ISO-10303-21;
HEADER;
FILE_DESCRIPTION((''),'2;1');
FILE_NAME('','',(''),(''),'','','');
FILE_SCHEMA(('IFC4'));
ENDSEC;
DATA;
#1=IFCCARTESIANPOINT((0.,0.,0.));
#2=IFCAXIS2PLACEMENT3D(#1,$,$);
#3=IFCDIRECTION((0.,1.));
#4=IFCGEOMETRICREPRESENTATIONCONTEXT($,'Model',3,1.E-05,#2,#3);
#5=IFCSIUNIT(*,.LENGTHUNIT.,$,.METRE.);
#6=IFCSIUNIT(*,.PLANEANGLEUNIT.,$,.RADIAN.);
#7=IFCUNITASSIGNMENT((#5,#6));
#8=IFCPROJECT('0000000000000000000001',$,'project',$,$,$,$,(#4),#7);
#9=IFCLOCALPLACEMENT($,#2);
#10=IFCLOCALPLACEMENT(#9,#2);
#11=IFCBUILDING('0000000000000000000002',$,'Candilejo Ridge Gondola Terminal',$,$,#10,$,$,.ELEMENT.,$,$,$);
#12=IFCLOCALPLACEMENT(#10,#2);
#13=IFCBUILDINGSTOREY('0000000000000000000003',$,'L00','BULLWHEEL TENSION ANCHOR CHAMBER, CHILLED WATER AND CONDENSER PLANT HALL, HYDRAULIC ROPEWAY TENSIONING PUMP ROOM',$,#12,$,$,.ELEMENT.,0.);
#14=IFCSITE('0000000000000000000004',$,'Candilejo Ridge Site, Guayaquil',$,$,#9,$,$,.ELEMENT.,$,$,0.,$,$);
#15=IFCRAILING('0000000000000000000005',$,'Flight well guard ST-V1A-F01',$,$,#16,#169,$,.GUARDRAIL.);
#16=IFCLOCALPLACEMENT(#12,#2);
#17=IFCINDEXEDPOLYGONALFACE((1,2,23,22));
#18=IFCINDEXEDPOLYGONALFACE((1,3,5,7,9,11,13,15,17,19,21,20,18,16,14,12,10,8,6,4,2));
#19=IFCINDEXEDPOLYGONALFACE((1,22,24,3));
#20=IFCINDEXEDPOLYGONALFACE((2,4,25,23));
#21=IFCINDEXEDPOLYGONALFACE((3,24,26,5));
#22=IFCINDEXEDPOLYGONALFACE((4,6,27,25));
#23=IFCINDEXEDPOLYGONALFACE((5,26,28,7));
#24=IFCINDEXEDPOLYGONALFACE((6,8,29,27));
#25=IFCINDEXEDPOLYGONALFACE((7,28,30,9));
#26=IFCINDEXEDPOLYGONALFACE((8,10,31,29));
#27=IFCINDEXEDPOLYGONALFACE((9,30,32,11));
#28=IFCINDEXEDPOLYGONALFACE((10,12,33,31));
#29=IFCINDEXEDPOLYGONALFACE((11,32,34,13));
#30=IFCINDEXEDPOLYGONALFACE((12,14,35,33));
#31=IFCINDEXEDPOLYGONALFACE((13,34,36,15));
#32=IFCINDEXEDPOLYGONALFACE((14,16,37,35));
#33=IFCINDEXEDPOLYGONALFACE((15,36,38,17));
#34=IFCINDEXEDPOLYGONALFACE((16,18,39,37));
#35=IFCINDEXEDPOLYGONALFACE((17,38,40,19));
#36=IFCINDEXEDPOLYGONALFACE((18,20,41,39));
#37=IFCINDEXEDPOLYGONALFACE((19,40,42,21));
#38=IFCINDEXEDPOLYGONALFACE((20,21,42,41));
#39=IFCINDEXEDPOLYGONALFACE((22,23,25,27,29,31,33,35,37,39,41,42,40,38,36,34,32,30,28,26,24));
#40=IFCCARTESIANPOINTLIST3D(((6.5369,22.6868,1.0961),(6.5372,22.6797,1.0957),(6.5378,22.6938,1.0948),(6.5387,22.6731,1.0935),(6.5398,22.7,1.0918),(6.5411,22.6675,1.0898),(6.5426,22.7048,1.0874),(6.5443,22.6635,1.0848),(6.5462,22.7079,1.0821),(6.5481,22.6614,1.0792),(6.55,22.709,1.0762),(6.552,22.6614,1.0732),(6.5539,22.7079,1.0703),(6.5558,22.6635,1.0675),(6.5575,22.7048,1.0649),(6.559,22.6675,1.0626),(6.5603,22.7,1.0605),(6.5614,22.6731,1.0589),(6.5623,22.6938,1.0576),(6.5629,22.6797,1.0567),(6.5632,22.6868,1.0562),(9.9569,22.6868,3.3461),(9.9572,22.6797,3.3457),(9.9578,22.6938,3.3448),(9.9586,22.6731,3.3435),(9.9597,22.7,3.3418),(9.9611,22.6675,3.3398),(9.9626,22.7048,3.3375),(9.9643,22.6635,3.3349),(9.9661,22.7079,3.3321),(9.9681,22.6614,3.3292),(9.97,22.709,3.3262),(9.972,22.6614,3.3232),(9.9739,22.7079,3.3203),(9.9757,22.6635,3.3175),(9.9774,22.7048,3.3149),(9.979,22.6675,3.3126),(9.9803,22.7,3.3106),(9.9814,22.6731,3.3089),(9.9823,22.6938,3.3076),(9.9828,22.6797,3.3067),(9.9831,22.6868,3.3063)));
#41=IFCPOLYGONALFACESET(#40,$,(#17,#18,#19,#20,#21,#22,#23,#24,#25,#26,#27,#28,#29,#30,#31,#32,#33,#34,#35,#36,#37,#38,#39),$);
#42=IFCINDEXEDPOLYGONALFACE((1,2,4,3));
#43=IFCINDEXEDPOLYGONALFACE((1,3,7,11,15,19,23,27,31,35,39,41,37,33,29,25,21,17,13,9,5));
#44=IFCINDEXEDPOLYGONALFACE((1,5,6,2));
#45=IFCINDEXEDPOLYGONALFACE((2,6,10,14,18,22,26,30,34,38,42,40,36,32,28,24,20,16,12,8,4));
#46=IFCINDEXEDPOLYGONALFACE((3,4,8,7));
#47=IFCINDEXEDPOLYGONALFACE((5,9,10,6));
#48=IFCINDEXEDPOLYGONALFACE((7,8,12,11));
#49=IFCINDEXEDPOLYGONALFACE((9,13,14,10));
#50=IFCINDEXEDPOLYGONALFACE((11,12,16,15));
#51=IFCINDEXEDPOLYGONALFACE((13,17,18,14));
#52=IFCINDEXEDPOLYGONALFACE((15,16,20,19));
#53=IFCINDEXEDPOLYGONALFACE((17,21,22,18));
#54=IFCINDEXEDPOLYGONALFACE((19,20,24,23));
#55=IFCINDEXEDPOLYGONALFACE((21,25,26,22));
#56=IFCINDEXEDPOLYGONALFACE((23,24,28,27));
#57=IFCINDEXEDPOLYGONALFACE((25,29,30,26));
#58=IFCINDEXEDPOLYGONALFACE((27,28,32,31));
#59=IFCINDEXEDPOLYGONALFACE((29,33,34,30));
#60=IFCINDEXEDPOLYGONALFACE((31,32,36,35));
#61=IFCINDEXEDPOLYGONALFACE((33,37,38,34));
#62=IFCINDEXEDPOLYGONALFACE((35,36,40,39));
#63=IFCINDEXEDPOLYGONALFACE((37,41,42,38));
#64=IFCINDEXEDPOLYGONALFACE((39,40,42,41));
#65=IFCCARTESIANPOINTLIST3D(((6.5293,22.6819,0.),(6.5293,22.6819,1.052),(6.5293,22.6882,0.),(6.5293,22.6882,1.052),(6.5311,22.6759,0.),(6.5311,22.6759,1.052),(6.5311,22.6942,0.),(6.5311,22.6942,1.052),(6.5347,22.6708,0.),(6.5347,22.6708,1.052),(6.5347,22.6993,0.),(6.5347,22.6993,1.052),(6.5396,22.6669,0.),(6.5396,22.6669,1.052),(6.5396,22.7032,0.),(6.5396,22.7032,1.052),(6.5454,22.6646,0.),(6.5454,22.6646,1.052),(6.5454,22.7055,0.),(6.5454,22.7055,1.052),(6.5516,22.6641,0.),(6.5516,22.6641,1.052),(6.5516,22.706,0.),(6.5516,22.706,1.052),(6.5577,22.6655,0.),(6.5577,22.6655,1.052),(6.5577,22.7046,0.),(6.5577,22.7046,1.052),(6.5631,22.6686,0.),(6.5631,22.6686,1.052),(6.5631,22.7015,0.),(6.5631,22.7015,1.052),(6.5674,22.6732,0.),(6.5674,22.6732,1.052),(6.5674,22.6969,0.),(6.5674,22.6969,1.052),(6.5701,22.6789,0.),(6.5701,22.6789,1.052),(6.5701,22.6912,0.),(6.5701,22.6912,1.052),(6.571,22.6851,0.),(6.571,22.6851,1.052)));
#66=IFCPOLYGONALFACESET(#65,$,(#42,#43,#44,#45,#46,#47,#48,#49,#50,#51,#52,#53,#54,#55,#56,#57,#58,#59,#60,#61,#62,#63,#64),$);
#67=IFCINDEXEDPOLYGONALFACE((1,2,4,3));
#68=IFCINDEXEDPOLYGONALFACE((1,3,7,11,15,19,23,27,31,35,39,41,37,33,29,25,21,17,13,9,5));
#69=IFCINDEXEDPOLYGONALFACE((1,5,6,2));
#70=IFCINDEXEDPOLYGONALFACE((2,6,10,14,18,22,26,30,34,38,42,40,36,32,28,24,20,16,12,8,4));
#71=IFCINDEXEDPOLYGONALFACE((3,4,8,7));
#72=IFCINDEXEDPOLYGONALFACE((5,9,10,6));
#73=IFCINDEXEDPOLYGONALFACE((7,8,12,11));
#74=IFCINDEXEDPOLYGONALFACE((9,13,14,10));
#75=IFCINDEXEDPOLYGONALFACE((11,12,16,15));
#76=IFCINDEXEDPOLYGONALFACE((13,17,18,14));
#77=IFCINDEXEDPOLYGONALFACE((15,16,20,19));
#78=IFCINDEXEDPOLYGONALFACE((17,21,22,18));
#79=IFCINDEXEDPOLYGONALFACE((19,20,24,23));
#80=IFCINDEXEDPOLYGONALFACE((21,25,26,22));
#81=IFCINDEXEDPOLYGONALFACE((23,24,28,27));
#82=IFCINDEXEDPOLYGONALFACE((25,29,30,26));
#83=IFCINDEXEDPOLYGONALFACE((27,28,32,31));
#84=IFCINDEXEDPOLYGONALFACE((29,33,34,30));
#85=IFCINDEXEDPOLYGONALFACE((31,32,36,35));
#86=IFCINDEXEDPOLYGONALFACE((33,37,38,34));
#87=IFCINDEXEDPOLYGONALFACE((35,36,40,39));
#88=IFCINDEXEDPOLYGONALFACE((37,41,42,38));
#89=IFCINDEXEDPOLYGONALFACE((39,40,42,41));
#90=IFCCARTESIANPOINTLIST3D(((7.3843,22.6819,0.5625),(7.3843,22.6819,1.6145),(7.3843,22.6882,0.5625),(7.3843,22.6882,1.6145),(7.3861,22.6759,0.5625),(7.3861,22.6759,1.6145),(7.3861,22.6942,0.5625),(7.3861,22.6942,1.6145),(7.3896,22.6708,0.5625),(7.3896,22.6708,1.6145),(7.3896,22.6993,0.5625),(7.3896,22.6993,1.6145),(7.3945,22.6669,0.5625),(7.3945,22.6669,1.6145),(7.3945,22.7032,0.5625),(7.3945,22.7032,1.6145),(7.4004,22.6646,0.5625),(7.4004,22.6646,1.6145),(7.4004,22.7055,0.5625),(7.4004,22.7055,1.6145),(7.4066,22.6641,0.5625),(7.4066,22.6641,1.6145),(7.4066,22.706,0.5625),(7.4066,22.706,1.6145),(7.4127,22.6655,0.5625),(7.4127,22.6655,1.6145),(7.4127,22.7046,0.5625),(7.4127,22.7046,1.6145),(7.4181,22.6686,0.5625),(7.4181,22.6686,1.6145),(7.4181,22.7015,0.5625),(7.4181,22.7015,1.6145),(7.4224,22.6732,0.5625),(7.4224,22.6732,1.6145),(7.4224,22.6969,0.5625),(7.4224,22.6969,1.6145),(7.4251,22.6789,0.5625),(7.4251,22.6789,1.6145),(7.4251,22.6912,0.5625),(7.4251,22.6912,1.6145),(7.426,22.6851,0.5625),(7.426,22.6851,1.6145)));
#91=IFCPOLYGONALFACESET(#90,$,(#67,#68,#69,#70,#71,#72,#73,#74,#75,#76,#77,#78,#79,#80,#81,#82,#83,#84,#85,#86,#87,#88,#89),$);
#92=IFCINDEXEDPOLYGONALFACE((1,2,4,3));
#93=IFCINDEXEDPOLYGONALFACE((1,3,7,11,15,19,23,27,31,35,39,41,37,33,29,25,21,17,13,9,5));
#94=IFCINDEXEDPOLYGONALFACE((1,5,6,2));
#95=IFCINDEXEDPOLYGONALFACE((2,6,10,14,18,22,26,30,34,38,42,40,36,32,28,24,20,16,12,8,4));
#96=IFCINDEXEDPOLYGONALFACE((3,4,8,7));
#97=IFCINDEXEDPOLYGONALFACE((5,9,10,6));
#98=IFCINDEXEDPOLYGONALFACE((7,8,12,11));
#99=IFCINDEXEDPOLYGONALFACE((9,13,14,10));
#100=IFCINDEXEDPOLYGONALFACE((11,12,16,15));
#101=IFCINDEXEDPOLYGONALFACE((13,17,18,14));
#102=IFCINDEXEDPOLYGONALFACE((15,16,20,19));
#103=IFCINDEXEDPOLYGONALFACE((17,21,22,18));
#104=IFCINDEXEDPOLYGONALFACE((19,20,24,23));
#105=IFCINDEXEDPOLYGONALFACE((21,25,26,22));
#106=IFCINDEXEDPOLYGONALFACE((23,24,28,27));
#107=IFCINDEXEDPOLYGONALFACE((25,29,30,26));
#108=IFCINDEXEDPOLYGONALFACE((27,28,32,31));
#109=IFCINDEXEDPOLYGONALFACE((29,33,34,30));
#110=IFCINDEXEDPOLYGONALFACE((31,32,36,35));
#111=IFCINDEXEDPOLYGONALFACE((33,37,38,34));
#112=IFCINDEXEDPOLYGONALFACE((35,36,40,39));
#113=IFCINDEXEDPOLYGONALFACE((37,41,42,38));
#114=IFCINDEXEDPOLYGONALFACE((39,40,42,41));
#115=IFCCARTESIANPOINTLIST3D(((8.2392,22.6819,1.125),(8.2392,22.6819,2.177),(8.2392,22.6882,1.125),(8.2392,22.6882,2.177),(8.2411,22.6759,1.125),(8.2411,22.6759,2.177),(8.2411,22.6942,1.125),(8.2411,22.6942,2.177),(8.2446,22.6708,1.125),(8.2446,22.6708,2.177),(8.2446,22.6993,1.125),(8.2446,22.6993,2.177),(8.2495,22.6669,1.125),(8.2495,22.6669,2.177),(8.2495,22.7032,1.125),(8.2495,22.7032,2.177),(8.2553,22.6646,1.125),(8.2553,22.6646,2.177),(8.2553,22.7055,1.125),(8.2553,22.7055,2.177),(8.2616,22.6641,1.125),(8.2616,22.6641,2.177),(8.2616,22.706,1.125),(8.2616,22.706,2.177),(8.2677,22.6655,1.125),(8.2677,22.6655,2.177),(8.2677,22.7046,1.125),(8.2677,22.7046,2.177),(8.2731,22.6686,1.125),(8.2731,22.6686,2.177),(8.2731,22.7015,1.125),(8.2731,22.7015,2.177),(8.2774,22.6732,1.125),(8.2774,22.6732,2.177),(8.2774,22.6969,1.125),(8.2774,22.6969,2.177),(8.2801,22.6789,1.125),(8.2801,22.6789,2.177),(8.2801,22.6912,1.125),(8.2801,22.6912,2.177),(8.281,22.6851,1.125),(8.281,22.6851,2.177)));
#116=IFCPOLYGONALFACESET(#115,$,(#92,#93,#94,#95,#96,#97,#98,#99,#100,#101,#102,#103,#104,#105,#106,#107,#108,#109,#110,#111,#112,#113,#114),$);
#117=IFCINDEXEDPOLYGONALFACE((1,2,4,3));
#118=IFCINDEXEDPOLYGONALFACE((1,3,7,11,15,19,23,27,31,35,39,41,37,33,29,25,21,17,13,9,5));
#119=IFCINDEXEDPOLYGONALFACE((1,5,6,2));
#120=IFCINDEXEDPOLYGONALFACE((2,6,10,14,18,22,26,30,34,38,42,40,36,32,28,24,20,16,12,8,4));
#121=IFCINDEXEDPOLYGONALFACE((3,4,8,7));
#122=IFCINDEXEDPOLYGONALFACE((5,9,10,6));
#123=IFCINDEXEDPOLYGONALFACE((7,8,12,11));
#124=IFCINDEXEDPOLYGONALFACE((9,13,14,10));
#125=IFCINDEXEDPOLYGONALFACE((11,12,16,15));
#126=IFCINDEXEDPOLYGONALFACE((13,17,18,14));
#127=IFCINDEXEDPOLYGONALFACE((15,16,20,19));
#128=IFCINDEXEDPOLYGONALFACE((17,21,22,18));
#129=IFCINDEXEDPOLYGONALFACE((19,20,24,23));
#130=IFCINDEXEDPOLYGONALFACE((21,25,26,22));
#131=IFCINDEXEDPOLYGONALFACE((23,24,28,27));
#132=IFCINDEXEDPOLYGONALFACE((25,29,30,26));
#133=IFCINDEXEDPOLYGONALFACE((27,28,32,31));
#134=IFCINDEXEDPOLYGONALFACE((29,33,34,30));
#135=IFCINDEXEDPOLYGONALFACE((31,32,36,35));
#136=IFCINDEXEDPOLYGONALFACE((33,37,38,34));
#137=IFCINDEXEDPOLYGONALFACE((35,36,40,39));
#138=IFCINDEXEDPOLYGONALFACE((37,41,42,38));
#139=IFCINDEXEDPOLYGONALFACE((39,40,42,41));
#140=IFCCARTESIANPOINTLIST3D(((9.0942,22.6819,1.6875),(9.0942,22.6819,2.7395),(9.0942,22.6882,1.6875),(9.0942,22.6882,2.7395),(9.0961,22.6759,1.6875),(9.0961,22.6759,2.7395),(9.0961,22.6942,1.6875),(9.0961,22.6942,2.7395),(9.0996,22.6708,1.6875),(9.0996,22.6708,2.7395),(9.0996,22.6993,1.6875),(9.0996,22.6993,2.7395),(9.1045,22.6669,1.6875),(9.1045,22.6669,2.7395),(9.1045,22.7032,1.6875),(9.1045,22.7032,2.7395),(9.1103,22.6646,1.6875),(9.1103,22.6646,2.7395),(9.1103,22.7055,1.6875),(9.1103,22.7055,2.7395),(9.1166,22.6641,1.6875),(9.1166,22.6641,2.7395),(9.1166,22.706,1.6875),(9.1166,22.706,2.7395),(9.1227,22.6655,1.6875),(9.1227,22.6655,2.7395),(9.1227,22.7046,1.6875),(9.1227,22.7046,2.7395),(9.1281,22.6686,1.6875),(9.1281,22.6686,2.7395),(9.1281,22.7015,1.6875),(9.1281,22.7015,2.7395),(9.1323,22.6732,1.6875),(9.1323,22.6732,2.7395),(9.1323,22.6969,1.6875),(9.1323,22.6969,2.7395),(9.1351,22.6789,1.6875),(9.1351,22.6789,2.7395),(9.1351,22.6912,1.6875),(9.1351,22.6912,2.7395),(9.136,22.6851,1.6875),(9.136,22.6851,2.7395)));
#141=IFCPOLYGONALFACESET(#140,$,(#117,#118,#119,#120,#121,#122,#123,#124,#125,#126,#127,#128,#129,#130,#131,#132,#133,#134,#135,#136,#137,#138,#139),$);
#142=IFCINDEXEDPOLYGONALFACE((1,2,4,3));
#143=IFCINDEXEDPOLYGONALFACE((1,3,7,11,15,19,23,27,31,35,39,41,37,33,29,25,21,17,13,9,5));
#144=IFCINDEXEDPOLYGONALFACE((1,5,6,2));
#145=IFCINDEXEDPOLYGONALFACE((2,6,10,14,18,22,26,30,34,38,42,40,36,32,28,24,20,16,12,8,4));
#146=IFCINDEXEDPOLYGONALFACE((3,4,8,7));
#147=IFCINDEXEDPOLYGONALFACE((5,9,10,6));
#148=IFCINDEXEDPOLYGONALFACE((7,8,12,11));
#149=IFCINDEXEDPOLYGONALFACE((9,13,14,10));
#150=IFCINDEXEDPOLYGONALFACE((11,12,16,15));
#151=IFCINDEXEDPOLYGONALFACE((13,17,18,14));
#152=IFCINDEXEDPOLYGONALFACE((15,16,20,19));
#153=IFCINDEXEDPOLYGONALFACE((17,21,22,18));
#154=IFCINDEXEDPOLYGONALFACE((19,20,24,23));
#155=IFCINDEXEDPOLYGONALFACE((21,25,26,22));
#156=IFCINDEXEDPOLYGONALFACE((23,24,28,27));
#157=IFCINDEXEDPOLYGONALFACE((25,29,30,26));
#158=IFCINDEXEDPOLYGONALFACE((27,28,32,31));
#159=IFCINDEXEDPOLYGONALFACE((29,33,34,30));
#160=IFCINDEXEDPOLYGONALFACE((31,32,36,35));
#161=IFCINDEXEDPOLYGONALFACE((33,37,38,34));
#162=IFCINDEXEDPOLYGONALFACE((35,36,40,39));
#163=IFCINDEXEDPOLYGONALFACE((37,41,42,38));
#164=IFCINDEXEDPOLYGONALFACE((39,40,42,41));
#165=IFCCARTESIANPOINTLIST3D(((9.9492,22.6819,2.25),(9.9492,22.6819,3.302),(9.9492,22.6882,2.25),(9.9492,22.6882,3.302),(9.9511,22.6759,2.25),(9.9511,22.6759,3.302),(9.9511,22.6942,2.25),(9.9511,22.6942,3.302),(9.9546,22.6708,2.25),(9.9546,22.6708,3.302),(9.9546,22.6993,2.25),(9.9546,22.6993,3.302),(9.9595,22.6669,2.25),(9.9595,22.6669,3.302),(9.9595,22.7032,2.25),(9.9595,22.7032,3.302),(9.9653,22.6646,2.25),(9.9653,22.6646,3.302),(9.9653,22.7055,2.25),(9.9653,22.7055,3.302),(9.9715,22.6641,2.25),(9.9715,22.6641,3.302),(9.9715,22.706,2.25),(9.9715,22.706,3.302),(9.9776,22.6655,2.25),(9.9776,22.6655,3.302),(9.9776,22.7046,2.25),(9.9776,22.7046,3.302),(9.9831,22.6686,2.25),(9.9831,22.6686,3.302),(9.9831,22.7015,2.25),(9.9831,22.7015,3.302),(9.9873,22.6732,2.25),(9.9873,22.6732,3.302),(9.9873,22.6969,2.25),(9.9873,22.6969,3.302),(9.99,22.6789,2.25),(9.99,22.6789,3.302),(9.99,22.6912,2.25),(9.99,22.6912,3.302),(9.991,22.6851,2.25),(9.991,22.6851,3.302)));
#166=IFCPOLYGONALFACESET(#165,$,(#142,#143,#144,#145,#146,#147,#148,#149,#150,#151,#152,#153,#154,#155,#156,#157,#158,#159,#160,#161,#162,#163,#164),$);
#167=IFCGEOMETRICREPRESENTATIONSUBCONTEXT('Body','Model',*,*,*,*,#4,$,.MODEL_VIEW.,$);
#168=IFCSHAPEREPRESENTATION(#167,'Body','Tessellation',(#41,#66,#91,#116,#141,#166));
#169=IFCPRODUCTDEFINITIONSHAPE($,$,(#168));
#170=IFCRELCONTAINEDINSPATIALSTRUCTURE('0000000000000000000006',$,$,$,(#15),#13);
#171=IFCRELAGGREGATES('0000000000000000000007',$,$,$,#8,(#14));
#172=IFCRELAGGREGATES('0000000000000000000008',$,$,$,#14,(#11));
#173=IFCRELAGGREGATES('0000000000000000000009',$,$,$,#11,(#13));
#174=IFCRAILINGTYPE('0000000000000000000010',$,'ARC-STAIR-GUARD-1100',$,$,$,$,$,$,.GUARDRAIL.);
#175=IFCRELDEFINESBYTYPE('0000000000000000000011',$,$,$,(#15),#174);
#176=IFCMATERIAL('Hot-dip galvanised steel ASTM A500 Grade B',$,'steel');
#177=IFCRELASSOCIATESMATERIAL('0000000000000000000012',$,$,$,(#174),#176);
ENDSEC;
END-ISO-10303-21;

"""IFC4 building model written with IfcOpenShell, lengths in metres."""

from ifc_helpers import new_model, si_unit, direction, frame, origin, origin_2d, place, context, subcontext, project, spatial, circle, extrude, material, type_object, element, save


model = new_model("IFC4")

# Units and contexts
model_context = context("Model", 3, precision=1e-05, world=origin(), true_north=direction((0.0, 1.0)))
body_context = subcontext(model_context, "Body", "Model", "MODEL_VIEW")
ifc_project = project(units=[si_unit("LENGTHUNIT", "METRE"), si_unit("PLANEANGLEUNIT", "RADIAN")], contexts=[model_context])

# Site, building, storey
site_placement = place(None, origin())
site = spatial("IfcSite", under=ifc_project, at=site_placement, Name="Candilejo Ridge Site, Guayaquil", CompositionType="ELEMENT", RefElevation=0.0)
building_placement = place(site_placement, origin())
building = spatial("IfcBuilding", under=site, at=building_placement, Name="Candilejo Ridge Gondola Terminal", CompositionType="ELEMENT")
storey_placement = place(building_placement, origin())
storey = spatial("IfcBuildingStorey", under=building, at=storey_placement, Name="L00", Description="BULLWHEEL TENSION ANCHOR CHAMBER, CHILLED WATER AND CONDENSER PLANT HALL, HYDRAULIC ROPEWAY TENSIONING PUMP ROOM", CompositionType="ELEMENT", Elevation=0.0)

# Railing
ifc_material_1 = material(Name="Hot-dip galvanised steel ASTM A500 Grade B", Category="steel")
railing_type_1 = type_object("IfcRailingType", Name="ARC-STAIR-GUARD-1100", PredefinedType="GUARDRAIL", material=ifc_material_1)
railing_1_placement = place(storey_placement, frame((6.55, 22.6851, 0.0)))
element("IfcRailing", 1, at=railing_1_placement, inside=storey, type_object=railing_type_1, Name="Flight well guard ST-V1A-F01", PredefinedType="GUARDRAIL", context=body_context, shape_type="SweptSolid", body=[
    extrude(circle(Radius=0.0239, at=origin_2d()), frame((0.0, 0.0, 1.0762), z_axis=(0.835411, 0.0, 0.549625), x_axis=(0.0, 1.0, 0.0)), (0.0, 0.0, 1.0), 4.0938),
    extrude(circle(Radius=0.021, at=origin_2d()), origin(), (0.0, 0.0, 1.0), 1.052),
    extrude(circle(Radius=0.021, at=origin_2d()), frame((0.855, 0.0, 0.5625)), (0.0, 0.0, 1.0), 1.052),
    extrude(circle(Radius=0.021, at=origin_2d()), frame((1.71, 0.0, 1.125)), (0.0, 0.0, 1.0), 1.052),
    extrude(circle(Radius=0.021, at=origin_2d()), frame((2.5649, 0.0, 1.6875)), (0.0, 0.0, 1.0), 1.052),
    extrude(circle(Radius=0.021, at=origin_2d()), frame((3.4199, 0.0, 2.25)), (0.0, 0.0, 1.0), 1.052),
])

save(model, "model.ifc")
